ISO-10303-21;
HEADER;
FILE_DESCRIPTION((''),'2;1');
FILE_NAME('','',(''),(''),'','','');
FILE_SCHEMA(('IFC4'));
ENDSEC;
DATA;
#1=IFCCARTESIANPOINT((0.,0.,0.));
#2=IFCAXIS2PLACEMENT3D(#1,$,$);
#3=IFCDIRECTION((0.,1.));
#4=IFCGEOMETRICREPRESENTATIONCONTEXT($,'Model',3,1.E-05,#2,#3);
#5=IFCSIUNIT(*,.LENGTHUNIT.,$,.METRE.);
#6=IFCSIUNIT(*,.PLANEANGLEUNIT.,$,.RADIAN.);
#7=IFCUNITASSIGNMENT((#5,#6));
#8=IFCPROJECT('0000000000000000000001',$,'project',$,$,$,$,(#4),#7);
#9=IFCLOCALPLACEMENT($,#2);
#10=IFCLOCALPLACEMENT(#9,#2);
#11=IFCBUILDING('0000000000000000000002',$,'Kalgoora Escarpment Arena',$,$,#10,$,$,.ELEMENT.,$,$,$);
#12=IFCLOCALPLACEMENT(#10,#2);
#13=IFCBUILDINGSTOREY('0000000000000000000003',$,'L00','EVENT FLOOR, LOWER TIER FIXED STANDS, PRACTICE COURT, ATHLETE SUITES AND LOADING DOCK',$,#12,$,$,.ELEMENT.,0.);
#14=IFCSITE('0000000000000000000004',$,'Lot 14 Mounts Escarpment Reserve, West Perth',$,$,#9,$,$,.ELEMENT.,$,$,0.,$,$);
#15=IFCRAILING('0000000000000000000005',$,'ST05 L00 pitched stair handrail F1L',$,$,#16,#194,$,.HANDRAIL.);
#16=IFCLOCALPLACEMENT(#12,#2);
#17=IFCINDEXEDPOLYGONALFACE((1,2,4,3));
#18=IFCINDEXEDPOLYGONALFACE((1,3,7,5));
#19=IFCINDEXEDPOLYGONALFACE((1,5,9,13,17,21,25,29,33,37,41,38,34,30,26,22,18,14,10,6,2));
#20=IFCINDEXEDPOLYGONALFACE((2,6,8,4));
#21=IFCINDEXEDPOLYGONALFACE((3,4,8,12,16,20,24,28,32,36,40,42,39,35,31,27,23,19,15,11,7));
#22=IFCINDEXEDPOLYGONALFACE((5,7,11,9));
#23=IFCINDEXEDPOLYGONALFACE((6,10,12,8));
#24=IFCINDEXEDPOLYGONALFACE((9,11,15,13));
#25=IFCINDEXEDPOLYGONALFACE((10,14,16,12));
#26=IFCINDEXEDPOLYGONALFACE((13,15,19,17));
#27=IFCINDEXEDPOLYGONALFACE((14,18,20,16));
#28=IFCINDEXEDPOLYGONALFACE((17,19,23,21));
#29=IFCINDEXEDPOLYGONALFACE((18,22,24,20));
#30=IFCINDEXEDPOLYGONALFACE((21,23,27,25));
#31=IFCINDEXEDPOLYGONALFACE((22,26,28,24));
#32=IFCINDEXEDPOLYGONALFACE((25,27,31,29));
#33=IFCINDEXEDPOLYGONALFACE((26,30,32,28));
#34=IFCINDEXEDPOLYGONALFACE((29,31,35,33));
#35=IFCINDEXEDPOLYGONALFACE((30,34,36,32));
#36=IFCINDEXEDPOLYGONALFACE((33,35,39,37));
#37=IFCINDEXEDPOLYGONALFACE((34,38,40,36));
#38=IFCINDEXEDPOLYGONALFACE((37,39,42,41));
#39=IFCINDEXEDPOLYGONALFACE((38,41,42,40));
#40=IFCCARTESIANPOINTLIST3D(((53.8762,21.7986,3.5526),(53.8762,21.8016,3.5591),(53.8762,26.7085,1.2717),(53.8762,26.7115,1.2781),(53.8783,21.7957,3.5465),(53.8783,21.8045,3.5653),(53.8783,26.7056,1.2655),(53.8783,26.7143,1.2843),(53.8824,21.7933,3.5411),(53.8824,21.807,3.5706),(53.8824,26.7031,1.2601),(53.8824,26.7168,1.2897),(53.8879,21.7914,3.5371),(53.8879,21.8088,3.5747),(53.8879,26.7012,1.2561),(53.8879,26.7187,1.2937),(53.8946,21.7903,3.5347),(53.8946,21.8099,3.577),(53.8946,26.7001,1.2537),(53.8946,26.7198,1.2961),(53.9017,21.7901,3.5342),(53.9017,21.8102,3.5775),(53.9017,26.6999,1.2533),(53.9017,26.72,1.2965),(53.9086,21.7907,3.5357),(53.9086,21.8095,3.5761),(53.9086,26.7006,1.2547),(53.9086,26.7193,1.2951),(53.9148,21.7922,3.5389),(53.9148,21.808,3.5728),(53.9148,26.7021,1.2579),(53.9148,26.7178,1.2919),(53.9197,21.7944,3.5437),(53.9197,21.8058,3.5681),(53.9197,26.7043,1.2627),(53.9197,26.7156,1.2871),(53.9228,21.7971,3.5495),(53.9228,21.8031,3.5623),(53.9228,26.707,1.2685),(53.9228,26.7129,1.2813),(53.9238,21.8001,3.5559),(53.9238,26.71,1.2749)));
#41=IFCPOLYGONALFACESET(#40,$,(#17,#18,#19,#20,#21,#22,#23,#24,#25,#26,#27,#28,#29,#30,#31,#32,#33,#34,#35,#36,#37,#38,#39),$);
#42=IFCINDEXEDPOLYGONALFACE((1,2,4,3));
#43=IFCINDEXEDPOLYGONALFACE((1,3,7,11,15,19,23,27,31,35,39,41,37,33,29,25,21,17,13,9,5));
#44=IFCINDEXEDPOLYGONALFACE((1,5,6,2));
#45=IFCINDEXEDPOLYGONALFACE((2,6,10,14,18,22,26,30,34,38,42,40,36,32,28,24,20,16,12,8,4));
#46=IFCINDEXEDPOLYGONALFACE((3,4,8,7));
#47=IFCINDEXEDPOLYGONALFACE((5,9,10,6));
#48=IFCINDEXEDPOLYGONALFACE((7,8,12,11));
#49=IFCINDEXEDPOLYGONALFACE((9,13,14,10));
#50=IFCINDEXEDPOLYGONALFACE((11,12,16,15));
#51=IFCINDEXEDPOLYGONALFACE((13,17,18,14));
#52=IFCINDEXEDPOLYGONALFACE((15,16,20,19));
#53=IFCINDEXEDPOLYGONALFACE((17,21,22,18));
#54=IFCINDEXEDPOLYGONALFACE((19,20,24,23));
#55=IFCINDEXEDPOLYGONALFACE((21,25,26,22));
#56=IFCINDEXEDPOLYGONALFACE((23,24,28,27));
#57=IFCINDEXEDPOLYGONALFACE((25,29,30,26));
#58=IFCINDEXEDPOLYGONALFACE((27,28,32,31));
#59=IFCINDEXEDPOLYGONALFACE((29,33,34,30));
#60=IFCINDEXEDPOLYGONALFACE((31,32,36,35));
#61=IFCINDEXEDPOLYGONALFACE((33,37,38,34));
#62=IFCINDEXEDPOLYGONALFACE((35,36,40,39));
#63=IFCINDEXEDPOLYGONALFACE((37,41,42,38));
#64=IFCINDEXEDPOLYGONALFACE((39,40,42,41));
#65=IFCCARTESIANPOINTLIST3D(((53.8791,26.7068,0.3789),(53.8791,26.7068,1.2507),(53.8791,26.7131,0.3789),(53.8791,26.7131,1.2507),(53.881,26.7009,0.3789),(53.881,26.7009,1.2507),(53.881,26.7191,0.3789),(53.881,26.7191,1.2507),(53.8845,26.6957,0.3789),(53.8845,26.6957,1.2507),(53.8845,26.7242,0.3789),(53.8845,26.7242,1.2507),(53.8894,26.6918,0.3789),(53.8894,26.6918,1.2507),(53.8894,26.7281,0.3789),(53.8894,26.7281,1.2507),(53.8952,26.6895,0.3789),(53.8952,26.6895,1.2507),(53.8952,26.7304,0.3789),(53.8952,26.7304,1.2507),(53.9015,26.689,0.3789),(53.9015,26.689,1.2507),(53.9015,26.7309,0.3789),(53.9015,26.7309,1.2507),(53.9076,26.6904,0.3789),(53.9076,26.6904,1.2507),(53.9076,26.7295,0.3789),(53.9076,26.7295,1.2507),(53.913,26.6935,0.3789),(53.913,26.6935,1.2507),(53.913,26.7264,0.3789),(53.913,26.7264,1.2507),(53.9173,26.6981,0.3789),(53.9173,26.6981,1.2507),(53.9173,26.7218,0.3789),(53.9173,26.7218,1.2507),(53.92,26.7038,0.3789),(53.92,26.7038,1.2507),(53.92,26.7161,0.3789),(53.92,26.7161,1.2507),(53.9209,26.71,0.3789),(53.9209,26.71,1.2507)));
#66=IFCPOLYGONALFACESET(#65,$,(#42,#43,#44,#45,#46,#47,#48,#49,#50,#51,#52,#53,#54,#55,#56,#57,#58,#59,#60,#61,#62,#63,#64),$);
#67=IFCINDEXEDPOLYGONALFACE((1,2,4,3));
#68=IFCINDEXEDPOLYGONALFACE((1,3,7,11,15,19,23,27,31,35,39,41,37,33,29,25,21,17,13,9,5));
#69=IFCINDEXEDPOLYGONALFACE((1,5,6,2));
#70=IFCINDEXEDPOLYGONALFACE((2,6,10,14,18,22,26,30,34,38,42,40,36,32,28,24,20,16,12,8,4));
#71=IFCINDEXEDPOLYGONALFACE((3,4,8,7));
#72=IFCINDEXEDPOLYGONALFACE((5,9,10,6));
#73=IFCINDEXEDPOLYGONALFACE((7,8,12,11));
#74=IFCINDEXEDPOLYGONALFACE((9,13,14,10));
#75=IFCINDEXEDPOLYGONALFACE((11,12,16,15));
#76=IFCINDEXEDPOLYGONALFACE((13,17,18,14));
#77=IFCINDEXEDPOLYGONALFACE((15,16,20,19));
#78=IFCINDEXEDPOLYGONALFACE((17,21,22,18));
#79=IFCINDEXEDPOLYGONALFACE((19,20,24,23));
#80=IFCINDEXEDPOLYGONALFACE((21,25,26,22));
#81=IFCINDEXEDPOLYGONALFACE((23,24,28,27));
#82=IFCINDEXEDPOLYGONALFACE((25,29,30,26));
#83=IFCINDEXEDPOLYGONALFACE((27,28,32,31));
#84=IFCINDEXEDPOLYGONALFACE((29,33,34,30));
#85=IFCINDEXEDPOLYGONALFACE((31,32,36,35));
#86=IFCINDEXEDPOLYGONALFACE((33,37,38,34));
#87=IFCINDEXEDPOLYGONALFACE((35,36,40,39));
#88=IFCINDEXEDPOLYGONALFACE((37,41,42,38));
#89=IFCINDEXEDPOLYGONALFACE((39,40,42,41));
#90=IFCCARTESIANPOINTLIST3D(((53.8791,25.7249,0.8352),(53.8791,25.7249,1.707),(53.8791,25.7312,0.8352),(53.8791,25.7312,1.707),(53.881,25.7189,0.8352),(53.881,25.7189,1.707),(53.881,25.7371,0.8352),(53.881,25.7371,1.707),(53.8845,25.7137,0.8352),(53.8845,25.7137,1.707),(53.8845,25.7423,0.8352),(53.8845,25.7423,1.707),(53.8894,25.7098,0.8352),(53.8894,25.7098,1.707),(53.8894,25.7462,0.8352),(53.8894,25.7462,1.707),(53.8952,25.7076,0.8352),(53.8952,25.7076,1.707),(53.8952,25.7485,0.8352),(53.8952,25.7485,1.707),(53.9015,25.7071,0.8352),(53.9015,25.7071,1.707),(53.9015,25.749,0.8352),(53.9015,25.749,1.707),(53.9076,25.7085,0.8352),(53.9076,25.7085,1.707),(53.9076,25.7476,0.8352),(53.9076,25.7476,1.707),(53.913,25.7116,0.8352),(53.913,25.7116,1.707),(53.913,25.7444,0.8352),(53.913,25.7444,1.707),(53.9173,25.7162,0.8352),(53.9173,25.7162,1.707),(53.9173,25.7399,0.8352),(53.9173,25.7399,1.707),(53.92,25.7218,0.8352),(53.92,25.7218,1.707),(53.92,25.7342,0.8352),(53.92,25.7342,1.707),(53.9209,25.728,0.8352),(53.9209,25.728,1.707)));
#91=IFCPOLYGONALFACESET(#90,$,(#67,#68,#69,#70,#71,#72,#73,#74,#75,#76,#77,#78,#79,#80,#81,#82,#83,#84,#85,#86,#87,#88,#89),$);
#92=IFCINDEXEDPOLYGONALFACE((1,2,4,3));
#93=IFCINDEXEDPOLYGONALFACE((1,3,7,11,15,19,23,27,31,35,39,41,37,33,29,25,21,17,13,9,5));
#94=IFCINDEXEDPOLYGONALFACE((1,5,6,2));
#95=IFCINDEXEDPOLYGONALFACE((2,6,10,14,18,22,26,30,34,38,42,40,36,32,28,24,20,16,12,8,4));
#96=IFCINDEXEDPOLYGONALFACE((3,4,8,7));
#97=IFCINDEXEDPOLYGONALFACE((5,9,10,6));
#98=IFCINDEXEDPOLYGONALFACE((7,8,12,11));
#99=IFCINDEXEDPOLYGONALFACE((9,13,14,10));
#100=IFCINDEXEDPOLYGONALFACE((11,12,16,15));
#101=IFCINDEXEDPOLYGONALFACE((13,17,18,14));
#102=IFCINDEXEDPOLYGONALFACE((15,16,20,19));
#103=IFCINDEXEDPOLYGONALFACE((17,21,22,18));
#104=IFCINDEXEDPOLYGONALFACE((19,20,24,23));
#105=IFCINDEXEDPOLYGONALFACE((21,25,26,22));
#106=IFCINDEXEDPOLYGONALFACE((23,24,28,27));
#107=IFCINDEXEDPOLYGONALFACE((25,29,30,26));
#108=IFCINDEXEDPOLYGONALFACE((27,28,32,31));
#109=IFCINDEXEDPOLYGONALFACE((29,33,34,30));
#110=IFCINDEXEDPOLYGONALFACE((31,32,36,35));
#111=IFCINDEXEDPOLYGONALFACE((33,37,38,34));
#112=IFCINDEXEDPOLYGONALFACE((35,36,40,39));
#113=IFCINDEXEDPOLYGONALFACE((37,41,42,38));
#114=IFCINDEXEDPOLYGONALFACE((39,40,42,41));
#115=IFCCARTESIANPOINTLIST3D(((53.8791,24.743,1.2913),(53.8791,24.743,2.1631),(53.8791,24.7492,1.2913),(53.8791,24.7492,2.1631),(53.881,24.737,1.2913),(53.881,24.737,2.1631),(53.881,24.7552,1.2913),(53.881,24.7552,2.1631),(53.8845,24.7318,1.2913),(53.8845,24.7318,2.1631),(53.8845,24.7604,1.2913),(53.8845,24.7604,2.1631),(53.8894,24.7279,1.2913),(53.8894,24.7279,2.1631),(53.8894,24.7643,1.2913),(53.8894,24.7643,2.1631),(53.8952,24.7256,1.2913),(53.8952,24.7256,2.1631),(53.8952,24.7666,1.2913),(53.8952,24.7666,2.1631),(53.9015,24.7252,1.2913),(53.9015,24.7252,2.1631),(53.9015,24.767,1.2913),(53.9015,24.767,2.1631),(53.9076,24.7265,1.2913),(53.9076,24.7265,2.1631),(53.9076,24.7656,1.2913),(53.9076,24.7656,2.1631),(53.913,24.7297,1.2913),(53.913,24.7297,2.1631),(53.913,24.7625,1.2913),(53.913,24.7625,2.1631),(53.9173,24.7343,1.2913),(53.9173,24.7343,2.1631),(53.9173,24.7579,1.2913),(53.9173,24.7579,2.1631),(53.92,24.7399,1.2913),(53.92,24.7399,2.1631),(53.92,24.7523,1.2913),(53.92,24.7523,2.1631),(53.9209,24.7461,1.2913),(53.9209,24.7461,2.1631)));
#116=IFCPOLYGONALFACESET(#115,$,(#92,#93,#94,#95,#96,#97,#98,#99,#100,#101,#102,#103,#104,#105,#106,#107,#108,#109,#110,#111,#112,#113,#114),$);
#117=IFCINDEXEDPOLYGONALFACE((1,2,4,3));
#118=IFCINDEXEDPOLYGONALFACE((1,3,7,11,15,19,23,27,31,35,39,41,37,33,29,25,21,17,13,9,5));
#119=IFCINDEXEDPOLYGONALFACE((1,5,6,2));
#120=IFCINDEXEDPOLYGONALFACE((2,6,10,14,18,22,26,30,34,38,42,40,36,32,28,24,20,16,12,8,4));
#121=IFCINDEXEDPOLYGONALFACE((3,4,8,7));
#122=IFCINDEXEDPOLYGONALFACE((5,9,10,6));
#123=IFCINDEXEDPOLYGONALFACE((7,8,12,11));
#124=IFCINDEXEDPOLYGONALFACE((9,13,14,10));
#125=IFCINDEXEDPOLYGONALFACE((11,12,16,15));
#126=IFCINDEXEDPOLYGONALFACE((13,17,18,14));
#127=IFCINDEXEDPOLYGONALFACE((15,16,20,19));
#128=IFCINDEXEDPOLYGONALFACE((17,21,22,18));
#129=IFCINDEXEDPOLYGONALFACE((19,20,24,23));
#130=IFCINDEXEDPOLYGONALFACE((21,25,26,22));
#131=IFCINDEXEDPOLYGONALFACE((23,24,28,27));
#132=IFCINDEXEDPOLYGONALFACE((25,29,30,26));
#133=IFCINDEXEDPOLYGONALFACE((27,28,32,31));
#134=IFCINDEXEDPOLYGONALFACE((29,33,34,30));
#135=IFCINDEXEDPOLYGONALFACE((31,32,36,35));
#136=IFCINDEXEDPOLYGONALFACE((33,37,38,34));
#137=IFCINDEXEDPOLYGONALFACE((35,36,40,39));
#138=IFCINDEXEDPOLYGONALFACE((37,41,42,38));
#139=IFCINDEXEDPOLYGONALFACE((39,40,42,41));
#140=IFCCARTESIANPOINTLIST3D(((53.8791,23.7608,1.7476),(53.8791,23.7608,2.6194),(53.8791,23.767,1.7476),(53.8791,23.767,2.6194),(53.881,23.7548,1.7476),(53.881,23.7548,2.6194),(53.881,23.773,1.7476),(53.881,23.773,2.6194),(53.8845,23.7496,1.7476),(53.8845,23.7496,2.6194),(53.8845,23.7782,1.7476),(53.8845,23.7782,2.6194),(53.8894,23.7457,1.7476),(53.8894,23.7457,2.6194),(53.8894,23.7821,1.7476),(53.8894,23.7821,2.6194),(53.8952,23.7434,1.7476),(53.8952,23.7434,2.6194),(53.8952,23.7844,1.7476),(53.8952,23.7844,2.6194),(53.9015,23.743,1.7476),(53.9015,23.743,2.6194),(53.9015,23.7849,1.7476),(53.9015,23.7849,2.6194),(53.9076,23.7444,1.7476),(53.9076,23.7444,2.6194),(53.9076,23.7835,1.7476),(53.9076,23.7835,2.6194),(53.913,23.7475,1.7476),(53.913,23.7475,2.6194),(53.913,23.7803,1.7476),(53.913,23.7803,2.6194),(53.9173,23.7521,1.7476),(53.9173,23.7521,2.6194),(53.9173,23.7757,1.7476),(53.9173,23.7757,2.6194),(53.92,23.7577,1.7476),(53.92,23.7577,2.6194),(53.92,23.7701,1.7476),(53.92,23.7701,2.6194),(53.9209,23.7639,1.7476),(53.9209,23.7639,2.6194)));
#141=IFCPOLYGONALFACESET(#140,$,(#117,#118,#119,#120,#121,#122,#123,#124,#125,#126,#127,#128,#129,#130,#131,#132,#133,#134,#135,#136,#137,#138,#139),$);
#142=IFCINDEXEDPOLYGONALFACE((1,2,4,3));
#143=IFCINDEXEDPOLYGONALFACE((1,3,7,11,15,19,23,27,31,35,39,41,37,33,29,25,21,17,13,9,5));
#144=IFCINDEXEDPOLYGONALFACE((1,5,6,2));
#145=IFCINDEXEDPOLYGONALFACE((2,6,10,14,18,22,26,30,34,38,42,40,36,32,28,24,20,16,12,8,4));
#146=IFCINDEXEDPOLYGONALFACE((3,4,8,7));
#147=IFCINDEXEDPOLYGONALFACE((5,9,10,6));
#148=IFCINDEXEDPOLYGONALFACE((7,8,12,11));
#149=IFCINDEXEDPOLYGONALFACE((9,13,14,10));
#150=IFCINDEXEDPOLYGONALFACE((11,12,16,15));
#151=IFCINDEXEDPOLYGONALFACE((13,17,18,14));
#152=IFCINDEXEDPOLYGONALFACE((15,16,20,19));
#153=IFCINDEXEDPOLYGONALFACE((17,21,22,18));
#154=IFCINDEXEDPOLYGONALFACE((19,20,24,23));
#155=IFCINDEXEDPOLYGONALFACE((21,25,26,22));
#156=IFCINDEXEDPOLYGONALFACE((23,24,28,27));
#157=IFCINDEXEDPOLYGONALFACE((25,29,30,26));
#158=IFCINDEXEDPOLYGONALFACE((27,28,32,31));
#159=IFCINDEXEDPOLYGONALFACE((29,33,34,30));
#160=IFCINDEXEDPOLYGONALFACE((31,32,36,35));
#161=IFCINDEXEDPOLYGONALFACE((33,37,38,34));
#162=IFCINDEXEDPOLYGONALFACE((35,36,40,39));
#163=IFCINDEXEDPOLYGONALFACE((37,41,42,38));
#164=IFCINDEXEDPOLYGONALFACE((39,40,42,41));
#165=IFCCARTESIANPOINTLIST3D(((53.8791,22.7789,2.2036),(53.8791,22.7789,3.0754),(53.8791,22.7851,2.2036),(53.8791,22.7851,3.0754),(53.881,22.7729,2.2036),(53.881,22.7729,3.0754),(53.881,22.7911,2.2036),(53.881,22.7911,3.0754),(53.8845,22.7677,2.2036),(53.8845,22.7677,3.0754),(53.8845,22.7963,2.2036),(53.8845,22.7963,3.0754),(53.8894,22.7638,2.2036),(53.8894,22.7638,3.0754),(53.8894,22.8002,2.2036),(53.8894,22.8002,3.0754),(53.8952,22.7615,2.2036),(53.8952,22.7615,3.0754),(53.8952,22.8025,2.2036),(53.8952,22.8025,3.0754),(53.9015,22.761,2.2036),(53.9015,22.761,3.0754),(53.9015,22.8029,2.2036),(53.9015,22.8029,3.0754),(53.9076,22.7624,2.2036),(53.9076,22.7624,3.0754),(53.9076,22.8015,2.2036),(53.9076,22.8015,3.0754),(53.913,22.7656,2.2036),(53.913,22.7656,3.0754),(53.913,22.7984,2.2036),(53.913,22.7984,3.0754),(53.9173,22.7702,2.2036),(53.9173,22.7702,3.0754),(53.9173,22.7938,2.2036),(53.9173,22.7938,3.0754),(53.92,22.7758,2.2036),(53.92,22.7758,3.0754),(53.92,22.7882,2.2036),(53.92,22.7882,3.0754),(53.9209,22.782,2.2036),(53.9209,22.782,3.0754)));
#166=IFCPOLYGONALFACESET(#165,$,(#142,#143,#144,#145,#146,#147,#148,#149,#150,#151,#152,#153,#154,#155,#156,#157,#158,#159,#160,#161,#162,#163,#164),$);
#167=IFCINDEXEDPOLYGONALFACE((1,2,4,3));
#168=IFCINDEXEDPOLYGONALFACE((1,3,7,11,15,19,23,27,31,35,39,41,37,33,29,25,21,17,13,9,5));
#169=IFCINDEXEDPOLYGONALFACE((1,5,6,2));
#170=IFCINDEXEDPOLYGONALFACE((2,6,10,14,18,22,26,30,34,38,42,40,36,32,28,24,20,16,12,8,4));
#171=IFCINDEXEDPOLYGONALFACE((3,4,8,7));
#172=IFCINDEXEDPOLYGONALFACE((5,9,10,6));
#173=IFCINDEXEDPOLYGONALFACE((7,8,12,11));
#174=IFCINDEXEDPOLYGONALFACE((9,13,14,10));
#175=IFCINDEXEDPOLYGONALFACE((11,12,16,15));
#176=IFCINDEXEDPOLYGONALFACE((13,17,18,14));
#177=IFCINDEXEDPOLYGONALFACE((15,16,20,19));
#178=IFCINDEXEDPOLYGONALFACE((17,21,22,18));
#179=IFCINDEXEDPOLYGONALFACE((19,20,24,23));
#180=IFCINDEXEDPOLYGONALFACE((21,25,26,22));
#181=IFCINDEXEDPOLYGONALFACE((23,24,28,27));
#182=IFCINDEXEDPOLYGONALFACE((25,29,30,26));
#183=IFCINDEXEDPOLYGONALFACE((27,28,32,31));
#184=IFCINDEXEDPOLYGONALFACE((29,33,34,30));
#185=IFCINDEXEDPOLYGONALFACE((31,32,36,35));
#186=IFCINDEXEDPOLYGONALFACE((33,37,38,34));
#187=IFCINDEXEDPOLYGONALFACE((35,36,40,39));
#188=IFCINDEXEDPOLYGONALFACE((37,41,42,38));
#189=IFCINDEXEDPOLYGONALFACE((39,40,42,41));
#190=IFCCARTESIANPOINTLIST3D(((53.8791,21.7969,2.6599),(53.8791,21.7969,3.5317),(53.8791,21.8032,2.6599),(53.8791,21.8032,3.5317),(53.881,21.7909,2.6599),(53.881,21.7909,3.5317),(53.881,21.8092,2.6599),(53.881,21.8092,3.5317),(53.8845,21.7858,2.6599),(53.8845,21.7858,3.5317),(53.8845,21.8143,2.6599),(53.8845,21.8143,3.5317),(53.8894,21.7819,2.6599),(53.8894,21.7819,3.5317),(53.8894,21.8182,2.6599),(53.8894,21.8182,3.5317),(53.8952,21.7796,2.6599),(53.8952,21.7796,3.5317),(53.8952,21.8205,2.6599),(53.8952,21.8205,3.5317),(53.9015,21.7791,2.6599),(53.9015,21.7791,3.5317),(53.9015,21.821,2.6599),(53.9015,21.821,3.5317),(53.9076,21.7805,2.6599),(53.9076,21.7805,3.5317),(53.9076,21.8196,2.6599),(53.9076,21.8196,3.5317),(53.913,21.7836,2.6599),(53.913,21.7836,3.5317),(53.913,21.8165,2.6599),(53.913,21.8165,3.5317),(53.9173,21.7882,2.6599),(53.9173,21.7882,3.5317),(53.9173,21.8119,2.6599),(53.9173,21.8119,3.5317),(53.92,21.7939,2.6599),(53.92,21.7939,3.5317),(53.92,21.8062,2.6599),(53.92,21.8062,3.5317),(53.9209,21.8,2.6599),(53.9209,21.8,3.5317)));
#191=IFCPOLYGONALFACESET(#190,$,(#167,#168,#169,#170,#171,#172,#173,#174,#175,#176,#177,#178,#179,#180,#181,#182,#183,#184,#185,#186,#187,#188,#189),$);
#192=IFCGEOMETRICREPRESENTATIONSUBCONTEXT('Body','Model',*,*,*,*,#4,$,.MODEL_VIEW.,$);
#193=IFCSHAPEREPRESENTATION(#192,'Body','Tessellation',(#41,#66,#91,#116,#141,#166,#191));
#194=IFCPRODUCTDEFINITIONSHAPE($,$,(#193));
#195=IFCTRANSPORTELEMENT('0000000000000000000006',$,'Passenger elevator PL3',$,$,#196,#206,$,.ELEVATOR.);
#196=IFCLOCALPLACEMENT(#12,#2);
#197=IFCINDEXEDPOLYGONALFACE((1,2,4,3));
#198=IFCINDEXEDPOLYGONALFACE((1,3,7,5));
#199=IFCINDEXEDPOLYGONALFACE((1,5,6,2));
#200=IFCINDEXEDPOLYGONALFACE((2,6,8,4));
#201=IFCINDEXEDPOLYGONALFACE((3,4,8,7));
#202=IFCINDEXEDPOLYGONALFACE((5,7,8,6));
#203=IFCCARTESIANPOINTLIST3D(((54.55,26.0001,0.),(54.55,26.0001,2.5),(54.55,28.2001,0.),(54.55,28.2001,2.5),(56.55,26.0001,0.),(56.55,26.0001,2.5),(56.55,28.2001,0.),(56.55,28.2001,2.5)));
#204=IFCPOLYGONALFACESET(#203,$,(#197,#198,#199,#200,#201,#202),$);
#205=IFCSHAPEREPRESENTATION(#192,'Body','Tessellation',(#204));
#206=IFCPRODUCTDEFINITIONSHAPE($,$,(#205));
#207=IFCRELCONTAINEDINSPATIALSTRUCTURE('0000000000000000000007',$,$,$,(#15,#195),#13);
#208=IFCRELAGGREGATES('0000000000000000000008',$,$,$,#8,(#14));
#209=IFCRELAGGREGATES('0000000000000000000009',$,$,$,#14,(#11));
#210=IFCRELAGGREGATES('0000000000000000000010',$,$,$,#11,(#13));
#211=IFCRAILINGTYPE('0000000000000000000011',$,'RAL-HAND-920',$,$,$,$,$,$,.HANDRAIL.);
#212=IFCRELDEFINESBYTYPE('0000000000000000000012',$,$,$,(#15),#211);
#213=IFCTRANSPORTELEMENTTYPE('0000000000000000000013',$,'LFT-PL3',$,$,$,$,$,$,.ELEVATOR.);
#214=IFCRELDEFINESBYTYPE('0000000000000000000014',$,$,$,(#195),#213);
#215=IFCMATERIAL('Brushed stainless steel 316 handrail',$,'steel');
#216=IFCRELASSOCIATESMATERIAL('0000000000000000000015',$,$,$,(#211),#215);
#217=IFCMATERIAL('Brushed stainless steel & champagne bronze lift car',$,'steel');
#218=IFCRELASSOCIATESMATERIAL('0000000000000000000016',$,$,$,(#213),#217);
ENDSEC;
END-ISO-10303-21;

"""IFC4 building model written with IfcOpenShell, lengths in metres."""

from ifc_helpers import new_model, si_unit, direction, frame, origin, origin_2d, place, context, subcontext, project, spatial, rectangle, circle, extrude, material, type_object, element, save


model = new_model("IFC4")

# Units and contexts
model_context = context("Model", 3, precision=1e-05, world=origin(), true_north=direction((0.0, 1.0)))
body_context = subcontext(model_context, "Body", "Model", "MODEL_VIEW")
ifc_project = project(units=[si_unit("LENGTHUNIT", "METRE"), si_unit("PLANEANGLEUNIT", "RADIAN")], contexts=[model_context])

# Site, building, storey
site_placement = place(None, origin())
site = spatial("IfcSite", under=ifc_project, at=site_placement, Name="Lot 14 Mounts Escarpment Reserve, West Perth", CompositionType="ELEMENT", RefElevation=0.0)
building_placement = place(site_placement, origin())
building = spatial("IfcBuilding", under=site, at=building_placement, Name="Kalgoora Escarpment Arena", CompositionType="ELEMENT")
storey_placement = place(building_placement, origin())
storey = spatial("IfcBuildingStorey", under=building, at=storey_placement, Name="L00", Description="EVENT FLOOR, LOWER TIER FIXED STANDS, PRACTICE COURT, ATHLETE SUITES AND LOADING DOCK", CompositionType="ELEMENT", Elevation=0.0)

# Railing
ifc_material_1 = material(Name="Brushed stainless steel 316 handrail", Category="steel")
railing_type = type_object("IfcRailingType", Name="RAL-HAND-920", PredefinedType="HANDRAIL", material=ifc_material_1)
railing_placement = place(storey_placement, frame((53.8999, 26.71, 0.3789)))
element("IfcRailing", 1, at=railing_placement, inside=storey, type_object=railing_type, Name="ST05 L00 pitched stair handrail F1L", PredefinedType="HANDRAIL", context=body_context, shape_type="SweptSolid", body=[
    extrude(circle(Radius=0.0239, at=origin_2d()), frame((0.0, 0.0, 0.896), z_axis=(0.0, -0.90691, 0.421325), x_axis=(1.0, 0.0, 0.0)), (0.0, 0.0, 1.0), 5.4138),
    extrude(circle(Radius=0.021, at=origin_2d()), origin(), (0.0, 0.0, 1.0), 0.8718),
    extrude(circle(Radius=0.021, at=origin_2d()), frame((0.0, -0.9819, 0.4563)), (0.0, 0.0, 1.0), 0.8718),
    extrude(circle(Radius=0.021, at=origin_2d()), frame((0.0, -1.9639, 0.9124)), (0.0, 0.0, 1.0), 0.8718),
    extrude(circle(Radius=0.021, at=origin_2d()), frame((0.0, -2.946, 1.3687)), (0.0, 0.0, 1.0), 0.8718),
    extrude(circle(Radius=0.021, at=origin_2d()), frame((0.0, -3.928, 1.8247)), (0.0, 0.0, 1.0), 0.8718),
    extrude(circle(Radius=0.021, at=origin_2d()), frame((0.0, -4.9099, 2.281)), (0.0, 0.0, 1.0), 0.8718),
])

# Transport element
ifc_material_2 = material(Name="Brushed stainless steel & champagne bronze lift car", Category="steel")
transport_element_type = type_object("IfcTransportElementType", Name="LFT-PL3", PredefinedType="ELEVATOR", material=ifc_material_2)
transport_element_placement = place(storey_placement, frame((55.55, 27.1001, 0.0), z_axis=(0.0, 0.0, 1.0), x_axis=(1.0, 0.0, 0.0)))
element("IfcTransportElement", 2, at=transport_element_placement, inside=storey, type_object=transport_element_type, Name="Passenger elevator PL3", PredefinedType="ELEVATOR", context=body_context, shape_type="SweptSolid", body=[
    extrude(rectangle(XDim=2.0, YDim=2.2, at=origin_2d()), origin(), (0.0, 0.0, 1.0), 2.5),
])

save(model, "model.ifc")
